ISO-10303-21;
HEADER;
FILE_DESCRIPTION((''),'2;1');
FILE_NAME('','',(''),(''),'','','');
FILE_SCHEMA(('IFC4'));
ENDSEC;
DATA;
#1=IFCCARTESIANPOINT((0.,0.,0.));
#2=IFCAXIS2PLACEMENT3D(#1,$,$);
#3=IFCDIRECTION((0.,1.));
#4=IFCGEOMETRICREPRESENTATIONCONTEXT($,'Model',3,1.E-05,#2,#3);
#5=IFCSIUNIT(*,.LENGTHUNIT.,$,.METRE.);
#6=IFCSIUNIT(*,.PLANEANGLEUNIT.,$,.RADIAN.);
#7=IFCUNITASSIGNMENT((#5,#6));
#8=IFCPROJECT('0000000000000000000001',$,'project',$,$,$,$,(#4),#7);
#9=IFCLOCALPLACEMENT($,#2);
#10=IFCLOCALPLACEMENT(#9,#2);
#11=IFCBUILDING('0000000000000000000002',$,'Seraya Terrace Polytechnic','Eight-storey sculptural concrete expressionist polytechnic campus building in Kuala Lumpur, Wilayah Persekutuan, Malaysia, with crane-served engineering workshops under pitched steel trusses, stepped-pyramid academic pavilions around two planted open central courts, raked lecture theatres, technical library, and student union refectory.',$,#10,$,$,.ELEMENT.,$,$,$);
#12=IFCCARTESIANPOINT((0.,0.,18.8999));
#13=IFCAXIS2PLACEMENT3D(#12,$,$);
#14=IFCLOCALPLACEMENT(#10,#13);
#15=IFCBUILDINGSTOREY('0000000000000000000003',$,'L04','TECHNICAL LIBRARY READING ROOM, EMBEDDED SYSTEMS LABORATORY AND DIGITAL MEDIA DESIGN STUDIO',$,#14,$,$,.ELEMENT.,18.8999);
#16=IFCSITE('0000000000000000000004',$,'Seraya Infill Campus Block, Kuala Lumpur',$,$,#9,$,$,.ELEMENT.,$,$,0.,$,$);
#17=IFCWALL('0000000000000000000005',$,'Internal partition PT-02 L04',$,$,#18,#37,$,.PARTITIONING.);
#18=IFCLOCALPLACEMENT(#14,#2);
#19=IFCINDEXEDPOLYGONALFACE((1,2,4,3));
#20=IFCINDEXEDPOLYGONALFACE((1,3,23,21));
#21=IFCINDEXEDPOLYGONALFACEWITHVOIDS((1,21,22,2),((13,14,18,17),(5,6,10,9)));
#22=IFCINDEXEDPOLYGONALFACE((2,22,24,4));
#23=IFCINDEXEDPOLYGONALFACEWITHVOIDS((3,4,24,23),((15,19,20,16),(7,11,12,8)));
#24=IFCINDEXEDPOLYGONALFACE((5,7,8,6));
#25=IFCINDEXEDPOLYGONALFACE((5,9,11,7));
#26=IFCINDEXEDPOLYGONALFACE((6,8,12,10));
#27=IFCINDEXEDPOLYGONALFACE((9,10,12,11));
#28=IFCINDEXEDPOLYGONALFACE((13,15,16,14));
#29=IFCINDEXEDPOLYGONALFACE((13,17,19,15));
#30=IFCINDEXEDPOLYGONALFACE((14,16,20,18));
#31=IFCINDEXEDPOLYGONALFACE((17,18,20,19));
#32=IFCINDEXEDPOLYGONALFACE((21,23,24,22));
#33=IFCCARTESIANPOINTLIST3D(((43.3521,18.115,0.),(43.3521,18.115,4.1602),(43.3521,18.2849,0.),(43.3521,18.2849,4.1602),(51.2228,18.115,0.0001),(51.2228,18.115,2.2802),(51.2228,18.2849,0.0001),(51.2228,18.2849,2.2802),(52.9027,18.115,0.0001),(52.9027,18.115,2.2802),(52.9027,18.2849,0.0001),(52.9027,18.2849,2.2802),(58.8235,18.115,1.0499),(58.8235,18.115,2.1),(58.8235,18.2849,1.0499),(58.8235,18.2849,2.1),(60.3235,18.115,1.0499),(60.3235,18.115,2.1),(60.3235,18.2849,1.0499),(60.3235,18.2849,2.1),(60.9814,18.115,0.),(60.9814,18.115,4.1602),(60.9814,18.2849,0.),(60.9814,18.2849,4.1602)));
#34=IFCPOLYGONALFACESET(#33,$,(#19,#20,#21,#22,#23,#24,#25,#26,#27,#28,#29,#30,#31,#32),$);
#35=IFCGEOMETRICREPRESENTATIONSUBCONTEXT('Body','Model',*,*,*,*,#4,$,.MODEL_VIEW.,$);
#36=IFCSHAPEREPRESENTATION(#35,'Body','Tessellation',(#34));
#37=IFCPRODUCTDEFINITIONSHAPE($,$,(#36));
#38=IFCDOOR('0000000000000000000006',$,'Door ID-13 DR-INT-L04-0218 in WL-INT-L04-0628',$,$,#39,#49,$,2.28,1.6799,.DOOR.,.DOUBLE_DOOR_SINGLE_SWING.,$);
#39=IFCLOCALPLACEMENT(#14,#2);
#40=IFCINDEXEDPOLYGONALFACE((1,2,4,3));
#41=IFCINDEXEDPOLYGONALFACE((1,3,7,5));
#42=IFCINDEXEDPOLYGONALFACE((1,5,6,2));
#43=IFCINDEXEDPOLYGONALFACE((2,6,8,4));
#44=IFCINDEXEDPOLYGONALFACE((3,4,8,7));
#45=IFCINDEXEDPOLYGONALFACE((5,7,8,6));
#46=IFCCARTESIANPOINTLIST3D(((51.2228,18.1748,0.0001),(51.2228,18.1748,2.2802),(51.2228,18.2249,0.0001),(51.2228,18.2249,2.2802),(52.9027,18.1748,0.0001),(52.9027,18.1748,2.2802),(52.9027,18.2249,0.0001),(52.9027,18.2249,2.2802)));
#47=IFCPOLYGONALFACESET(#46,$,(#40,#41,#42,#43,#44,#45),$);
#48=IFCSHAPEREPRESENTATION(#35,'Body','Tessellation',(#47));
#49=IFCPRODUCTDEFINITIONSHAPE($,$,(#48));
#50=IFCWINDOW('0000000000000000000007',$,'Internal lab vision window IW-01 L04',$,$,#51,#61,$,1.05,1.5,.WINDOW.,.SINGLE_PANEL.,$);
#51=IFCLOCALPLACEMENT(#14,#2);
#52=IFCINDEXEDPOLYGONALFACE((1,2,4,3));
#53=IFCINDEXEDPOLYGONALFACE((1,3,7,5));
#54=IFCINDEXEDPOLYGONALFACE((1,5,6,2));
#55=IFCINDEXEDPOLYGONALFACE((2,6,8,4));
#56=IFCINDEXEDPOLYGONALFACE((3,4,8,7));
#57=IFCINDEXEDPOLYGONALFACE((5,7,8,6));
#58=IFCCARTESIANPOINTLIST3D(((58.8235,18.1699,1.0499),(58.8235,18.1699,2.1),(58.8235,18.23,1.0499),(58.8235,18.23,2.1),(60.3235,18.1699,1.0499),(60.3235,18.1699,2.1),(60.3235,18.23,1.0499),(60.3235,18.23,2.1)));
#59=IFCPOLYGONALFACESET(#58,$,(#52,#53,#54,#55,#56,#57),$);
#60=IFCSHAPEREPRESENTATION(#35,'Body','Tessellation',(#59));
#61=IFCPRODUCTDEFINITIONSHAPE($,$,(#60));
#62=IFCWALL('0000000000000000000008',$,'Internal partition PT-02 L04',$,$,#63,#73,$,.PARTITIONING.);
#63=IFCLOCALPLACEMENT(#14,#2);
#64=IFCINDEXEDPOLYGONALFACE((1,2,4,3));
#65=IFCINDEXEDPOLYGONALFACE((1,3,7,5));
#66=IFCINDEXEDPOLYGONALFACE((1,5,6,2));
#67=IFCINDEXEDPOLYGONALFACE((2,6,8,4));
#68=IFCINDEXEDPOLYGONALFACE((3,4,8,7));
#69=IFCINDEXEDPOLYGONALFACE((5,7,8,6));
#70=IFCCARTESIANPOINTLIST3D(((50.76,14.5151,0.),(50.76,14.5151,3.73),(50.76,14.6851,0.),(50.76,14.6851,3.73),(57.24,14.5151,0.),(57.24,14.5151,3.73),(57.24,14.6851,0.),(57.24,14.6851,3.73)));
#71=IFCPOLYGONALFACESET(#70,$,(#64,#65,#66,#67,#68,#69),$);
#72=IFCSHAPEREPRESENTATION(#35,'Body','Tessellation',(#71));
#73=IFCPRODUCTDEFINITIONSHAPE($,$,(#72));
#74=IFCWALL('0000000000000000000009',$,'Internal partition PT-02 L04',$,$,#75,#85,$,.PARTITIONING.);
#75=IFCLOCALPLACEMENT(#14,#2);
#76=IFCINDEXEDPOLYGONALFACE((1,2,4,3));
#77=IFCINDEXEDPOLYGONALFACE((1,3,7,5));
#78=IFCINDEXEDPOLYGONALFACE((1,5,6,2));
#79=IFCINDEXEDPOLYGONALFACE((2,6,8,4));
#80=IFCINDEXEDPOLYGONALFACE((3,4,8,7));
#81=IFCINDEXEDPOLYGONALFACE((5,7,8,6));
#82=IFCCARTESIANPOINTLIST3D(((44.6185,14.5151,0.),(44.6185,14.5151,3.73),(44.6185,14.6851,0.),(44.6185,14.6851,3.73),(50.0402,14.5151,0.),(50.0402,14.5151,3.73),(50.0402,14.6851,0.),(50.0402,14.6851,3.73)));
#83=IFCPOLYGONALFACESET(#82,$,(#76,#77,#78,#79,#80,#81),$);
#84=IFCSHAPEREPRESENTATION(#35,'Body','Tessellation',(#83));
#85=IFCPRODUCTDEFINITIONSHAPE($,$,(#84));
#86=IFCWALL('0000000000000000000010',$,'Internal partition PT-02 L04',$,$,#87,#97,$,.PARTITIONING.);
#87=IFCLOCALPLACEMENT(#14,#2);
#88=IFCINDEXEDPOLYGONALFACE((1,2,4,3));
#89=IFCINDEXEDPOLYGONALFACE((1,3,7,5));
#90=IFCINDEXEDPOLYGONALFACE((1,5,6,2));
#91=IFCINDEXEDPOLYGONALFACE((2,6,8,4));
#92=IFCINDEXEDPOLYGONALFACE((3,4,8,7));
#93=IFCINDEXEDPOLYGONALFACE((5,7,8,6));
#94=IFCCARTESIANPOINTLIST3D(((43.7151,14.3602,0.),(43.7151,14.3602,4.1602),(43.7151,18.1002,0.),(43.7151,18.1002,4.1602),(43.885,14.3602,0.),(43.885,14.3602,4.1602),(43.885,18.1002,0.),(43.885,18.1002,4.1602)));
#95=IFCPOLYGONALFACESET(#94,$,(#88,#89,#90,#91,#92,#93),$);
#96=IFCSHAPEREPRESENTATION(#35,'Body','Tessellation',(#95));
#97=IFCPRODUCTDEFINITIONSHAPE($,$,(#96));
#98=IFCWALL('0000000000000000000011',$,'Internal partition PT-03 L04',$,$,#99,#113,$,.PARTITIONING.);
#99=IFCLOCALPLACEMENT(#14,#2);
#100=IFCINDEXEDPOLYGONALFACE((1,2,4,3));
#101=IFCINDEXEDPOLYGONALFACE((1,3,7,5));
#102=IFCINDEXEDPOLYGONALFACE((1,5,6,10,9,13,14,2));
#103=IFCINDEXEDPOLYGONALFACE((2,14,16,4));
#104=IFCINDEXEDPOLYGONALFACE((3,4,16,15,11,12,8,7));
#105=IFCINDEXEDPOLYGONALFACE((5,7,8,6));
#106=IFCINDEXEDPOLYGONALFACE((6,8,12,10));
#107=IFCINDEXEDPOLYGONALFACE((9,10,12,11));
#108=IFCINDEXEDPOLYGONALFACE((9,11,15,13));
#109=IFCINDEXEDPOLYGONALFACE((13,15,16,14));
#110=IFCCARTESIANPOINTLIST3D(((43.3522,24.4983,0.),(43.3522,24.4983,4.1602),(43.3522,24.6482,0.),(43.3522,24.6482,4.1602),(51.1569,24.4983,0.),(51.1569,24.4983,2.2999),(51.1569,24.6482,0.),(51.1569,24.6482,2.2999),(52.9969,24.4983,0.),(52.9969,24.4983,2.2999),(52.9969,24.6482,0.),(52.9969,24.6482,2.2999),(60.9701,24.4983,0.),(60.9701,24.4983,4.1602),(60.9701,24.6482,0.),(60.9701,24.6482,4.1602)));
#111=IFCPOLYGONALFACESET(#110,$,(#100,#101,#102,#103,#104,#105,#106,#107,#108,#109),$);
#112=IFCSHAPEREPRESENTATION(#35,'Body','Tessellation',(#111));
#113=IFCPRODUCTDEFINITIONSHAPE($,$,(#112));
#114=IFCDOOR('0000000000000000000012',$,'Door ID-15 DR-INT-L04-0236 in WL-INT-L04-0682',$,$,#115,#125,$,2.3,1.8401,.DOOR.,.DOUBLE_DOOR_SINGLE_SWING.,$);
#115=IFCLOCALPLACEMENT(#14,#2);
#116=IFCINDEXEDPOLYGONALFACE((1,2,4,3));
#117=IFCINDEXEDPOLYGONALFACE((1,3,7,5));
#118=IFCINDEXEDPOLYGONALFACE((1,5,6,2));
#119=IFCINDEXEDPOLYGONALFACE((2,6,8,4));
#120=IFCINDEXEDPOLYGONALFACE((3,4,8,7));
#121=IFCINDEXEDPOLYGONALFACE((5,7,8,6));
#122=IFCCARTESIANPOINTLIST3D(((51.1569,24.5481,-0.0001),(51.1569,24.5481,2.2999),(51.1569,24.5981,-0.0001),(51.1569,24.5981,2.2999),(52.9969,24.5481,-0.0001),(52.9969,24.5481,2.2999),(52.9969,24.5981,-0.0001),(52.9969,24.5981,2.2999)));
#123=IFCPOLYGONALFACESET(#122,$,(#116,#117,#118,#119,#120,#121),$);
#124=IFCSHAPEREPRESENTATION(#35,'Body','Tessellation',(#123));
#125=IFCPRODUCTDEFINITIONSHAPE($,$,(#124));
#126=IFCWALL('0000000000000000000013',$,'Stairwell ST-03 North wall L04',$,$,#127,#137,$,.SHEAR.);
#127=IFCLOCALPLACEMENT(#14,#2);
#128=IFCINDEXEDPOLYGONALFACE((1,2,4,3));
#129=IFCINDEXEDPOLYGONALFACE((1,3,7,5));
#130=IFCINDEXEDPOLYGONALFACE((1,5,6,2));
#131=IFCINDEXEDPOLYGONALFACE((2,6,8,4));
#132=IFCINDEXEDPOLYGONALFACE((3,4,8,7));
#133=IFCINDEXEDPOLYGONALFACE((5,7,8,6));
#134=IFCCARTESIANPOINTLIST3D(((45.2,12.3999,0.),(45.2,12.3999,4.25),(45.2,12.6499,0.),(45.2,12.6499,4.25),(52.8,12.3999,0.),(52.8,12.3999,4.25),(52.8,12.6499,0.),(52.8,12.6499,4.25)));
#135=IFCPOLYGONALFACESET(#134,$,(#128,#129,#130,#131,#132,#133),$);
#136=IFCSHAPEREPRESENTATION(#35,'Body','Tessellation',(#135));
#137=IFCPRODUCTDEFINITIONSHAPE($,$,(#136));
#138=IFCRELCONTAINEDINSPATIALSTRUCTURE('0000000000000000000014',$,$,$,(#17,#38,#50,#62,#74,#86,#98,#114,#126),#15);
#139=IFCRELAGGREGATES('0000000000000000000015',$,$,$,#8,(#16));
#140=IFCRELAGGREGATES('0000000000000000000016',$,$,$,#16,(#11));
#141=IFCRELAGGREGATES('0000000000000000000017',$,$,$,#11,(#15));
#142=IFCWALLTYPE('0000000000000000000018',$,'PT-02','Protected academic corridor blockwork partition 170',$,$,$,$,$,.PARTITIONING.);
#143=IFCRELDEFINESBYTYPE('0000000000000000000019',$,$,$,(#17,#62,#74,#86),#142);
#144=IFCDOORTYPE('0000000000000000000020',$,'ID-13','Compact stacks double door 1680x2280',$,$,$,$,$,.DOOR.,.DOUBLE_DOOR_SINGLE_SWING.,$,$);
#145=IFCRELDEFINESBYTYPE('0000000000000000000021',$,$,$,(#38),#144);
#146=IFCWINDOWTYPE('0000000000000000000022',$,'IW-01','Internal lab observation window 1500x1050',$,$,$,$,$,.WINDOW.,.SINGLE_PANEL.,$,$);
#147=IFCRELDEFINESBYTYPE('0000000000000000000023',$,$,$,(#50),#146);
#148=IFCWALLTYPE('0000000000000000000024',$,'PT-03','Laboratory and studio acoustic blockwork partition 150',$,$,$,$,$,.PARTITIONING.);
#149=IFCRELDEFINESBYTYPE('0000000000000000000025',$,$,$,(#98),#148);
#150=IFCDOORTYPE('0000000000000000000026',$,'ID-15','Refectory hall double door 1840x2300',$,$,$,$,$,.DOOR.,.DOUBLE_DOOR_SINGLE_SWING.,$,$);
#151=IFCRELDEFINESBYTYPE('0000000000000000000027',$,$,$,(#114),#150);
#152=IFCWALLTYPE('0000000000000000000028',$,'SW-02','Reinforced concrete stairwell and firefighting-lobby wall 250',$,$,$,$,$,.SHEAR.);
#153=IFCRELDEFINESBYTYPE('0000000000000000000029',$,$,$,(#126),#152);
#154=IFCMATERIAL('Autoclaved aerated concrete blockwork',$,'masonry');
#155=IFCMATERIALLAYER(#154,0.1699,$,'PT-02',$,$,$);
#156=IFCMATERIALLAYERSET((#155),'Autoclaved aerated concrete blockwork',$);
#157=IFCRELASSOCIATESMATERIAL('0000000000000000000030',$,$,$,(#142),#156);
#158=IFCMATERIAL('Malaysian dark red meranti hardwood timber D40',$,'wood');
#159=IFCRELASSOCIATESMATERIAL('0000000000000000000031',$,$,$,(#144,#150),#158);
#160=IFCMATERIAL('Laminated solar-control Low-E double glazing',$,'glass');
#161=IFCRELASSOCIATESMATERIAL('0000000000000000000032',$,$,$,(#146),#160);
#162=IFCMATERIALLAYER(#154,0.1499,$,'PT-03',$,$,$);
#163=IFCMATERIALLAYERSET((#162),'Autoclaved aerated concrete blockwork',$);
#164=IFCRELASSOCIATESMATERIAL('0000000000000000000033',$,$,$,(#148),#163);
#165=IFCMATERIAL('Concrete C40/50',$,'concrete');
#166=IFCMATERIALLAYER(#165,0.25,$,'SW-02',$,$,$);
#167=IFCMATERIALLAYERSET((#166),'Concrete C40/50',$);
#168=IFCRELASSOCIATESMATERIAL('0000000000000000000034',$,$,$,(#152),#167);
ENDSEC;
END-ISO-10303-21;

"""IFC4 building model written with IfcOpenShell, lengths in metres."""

from ifc_helpers import new_model, si_unit, direction, frame, frame_2d, origin, place, context, subcontext, project, spatial, rectangle, extrude, material, layer, layer_set, type_object, element, fill, save


model = new_model("IFC4")

# Units and contexts
model_context = context("Model", 3, precision=1e-05, world=origin(), true_north=direction((0.0, 1.0)))
body_context = subcontext(model_context, "Body", "Model", "MODEL_VIEW")
ifc_project = project(units=[si_unit("LENGTHUNIT", "METRE"), si_unit("PLANEANGLEUNIT", "RADIAN")], contexts=[model_context])

# Site, building, storey
site_placement = place(None, origin())
site = spatial("IfcSite", under=ifc_project, at=site_placement, Name="Seraya Infill Campus Block, Kuala Lumpur", CompositionType="ELEMENT", RefElevation=0.0)
building_placement = place(site_placement, origin())
building = spatial("IfcBuilding", under=site, at=building_placement, Name="Seraya Terrace Polytechnic", Description="Eight-storey sculptural concrete expressionist polytechnic campus building in Kuala Lumpur, Wilayah Persekutuan, Malaysia, with crane-served engineering workshops under pitched steel trusses, stepped-pyramid academic pavilions around two planted open central courts, raked lecture theatres, technical library, and student union refectory.", CompositionType="ELEMENT")
storey_placement = place(building_placement, frame((0.0, 0.0, 18.8999)))
storey = spatial("IfcBuildingStorey", under=building, at=storey_placement, Name="L04", Description="TECHNICAL LIBRARY READING ROOM, EMBEDDED SYSTEMS LABORATORY AND DIGITAL MEDIA DESIGN STUDIO", CompositionType="ELEMENT", Elevation=18.8999)

# Shared definitions
ifc_material_1 = material(Name="Concrete C40/50", Category="concrete")

# Shared definitions
ifc_material_2 = material(Name="Laminated solar-control Low-E double glazing", Category="glass")

# Wall, openings, door, window
ifc_material_3 = material(Name="Autoclaved aerated concrete blockwork", Category="masonry")
ifc_layer_1 = layer(ifc_material_3, 0.1699, Name="PT-02")
ifc_layer_set_1 = layer_set([ifc_layer_1], Name="Autoclaved aerated concrete blockwork")
wall_type_1 = type_object("IfcWallType", Name="PT-02", Description="Protected academic corridor blockwork partition 170", PredefinedType="PARTITIONING", material=ifc_layer_set_1)
wall_1_placement = place(storey_placement, frame((43.3521, 18.2, 0.0), z_axis=(0.0, 0.0, 1.0), x_axis=(1.0, 0.0, 0.0)))
wall_1 = element("IfcWall", 1, at=wall_1_placement, inside=storey, type_object=wall_type_1, Name="Internal partition PT-02 L04", PredefinedType="PARTITIONING", context=body_context, shape_type="SweptSolid", body=[
    extrude(rectangle(XDim=17.6294, YDim=0.1699, at=frame_2d((8.8147, 0.0))), origin(), (0.0, 0.0, 1.0), 4.1602),
])
opening_1_placement = place(wall_1_placement, frame((7.8708, 0.0, 0.0)))
opening_1 = element("IfcOpeningElement", 2, at=opening_1_placement, cuts=wall_1, PredefinedType="OPENING", context=body_context, shape_type="SweptSolid", body=[
    extrude(rectangle(XDim=1.6799, YDim=2.28, at=frame_2d((0.8398, 1.1401))), frame((0.0, 0.0969, 0.0), z_axis=(0.0, -1.0, 0.0), x_axis=(1.0, 0.0, 0.0)), (0.0, 0.0, 1.0), 0.1938),
])
opening_2_placement = place(wall_1_placement, frame((15.4714, 0.0, 1.05)))
opening_2 = element("IfcOpeningElement", 3, at=opening_2_placement, cuts=wall_1, PredefinedType="OPENING", context=body_context, shape_type="SweptSolid", body=[
    extrude(rectangle(XDim=1.5, YDim=1.05, at=frame_2d((0.75, 0.5249))), frame((0.0, 0.0969, 0.0), z_axis=(0.0, -1.0, 0.0), x_axis=(1.0, 0.0, 0.0)), (0.0, 0.0, 1.0), 0.1938),
])
ifc_material_4 = material(Name="Malaysian dark red meranti hardwood timber D40", Category="wood")
door_type_1 = type_object("IfcDoorType", Name="ID-13", Description="Compact stacks double door 1680x2280", OperationType="DOUBLE_DOOR_SINGLE_SWING", PredefinedType="DOOR", material=ifc_material_4)
door_1_placement = place(opening_1_placement, origin())
door_1 = element("IfcDoor", 4, at=door_1_placement, inside=storey, type_object=door_type_1, Name="Door ID-13 DR-INT-L04-0218 in WL-INT-L04-0628", OperationType="DOUBLE_DOOR_SINGLE_SWING", OverallHeight=2.28, OverallWidth=1.6799, PredefinedType="DOOR", context=body_context, shape_type="SweptSolid", body=[
    extrude(rectangle(XDim=1.6799, YDim=2.28, at=frame_2d((0.8398, 1.1401))), frame((0.0, 0.0249, 0.0), z_axis=(0.0, -1.0, 0.0), x_axis=(1.0, 0.0, 0.0)), (0.0, 0.0, 1.0), 0.05),
])
fill(opening_1, door_1)
window_type_1 = type_object("IfcWindowType", Name="IW-01", Description="Internal lab observation window 1500x1050", PartitioningType="SINGLE_PANEL", PredefinedType="WINDOW", material=ifc_material_2)
window_1_placement = place(opening_2_placement, origin())
window_1 = element("IfcWindow", 5, at=window_1_placement, inside=storey, type_object=window_type_1, Name="Internal lab vision window IW-01 L04", OverallHeight=1.05, OverallWidth=1.5, PartitioningType="SINGLE_PANEL", PredefinedType="WINDOW", context=body_context, shape_type="SweptSolid", body=[
    extrude(rectangle(XDim=1.5, YDim=1.05, at=frame_2d((0.75, 0.5249))), frame((0.0, 0.03, 0.0), z_axis=(0.0, -1.0, 0.0), x_axis=(1.0, 0.0, 0.0)), (0.0, 0.0, 1.0), 0.0601),
])
fill(opening_2, window_1)

# Walls
wall_2_placement = place(storey_placement, frame((50.76, 14.6001, 0.0), z_axis=(0.0, 0.0, 1.0), x_axis=(1.0, 0.0, 0.0)))
element("IfcWall", 6, at=wall_2_placement, inside=storey, type_object=wall_type_1, Name="Internal partition PT-02 L04", PredefinedType="PARTITIONING", context=body_context, shape_type="SweptSolid", body=[
    extrude(rectangle(XDim=6.48, YDim=0.1699, at=frame_2d((3.24, 0.0))), origin(), (0.0, 0.0, 1.0), 3.73),
])
wall_3_placement = place(storey_placement, frame((44.6184, 14.6001, 0.0), z_axis=(0.0, 0.0, 1.0), x_axis=(1.0, 0.0, 0.0)))
element("IfcWall", 7, at=wall_3_placement, inside=storey, type_object=wall_type_1, Name="Internal partition PT-02 L04", PredefinedType="PARTITIONING", context=body_context, shape_type="SweptSolid", body=[
    extrude(rectangle(XDim=5.4216, YDim=0.1699, at=frame_2d((2.7109, 0.0))), origin(), (0.0, 0.0, 1.0), 3.73),
])
wall_4_placement = place(storey_placement, frame((43.8, 14.3601, 0.0), z_axis=(0.0, 0.0, 1.0), x_axis=(0.0, 1.0, 0.0)))
element("IfcWall", 8, at=wall_4_placement, inside=storey, type_object=wall_type_1, Name="Internal partition PT-02 L04", PredefinedType="PARTITIONING", context=body_context, shape_type="SweptSolid", body=[
    extrude(rectangle(XDim=3.74, YDim=0.1699, at=frame_2d((1.8701, 0.0))), origin(), (0.0, 0.0, 1.0), 4.1602),
])

# Wall, opening, door
ifc_layer_2 = layer(ifc_material_3, 0.1499, Name="PT-03")
ifc_layer_set_2 = layer_set([ifc_layer_2], Name="Autoclaved aerated concrete blockwork")
wall_type_2 = type_object("IfcWallType", Name="PT-03", Description="Laboratory and studio acoustic blockwork partition 150", PredefinedType="PARTITIONING", material=ifc_layer_set_2)
wall_5_placement = place(storey_placement, frame((43.3521, 24.5732, 0.0), z_axis=(0.0, 0.0, 1.0), x_axis=(1.0, 0.0, 0.0)))
wall_5 = element("IfcWall", 9, at=wall_5_placement, inside=storey, type_object=wall_type_2, Name="Internal partition PT-03 L04", PredefinedType="PARTITIONING", context=body_context, shape_type="SweptSolid", body=[
    extrude(rectangle(XDim=17.6179, YDim=0.1499, at=frame_2d((8.8091, 0.0))), origin(), (0.0, 0.0, 1.0), 4.1602),
])
opening_3_placement = place(wall_5_placement, frame((7.8049, 0.0, 0.0)))
opening_3 = element("IfcOpeningElement", 10, at=opening_3_placement, cuts=wall_5, PredefinedType="OPENING", context=body_context, shape_type="SweptSolid", body=[
    extrude(rectangle(XDim=1.8401, YDim=2.3, at=frame_2d((0.9199, 1.1499))), frame((0.0, 0.0869, 0.0), z_axis=(0.0, -1.0, 0.0), x_axis=(1.0, 0.0, 0.0)), (0.0, 0.0, 1.0), 0.1738),
])
door_type_2 = type_object("IfcDoorType", Name="ID-15", Description="Refectory hall double door 1840x2300", OperationType="DOUBLE_DOOR_SINGLE_SWING", PredefinedType="DOOR", material=ifc_material_4)
door_2_placement = place(opening_3_placement, origin())
door_2 = element("IfcDoor", 11, at=door_2_placement, inside=storey, type_object=door_type_2, Name="Door ID-15 DR-INT-L04-0236 in WL-INT-L04-0682", OperationType="DOUBLE_DOOR_SINGLE_SWING", OverallHeight=2.3, OverallWidth=1.8401, PredefinedType="DOOR", context=body_context, shape_type="SweptSolid", body=[
    extrude(rectangle(XDim=1.8401, YDim=2.3, at=frame_2d((0.9199, 1.1499))), frame((0.0, 0.0249, 0.0), z_axis=(0.0, -1.0, 0.0), x_axis=(1.0, 0.0, 0.0)), (0.0, 0.0, 1.0), 0.05),
])
fill(opening_3, door_2)

# Wall
ifc_layer_3 = layer(ifc_material_1, 0.25, Name="SW-02")
ifc_layer_set_3 = layer_set([ifc_layer_3], Name="Concrete C40/50")
wall_type_3 = type_object("IfcWallType", Name="SW-02", Description="Reinforced concrete stairwell and firefighting-lobby wall 250", PredefinedType="SHEAR", material=ifc_layer_set_3)
wall_6_placement = place(storey_placement, frame((45.2, 12.5249, 0.0), z_axis=(0.0, 0.0, 1.0), x_axis=(1.0, 0.0, 0.0)))
element("IfcWall", 12, at=wall_6_placement, inside=storey, type_object=wall_type_3, Name="Stairwell ST-03 North wall L04", PredefinedType="SHEAR", context=body_context, shape_type="SweptSolid", body=[
    extrude(rectangle(XDim=7.6001, YDim=0.25, at=frame_2d((3.8, 0.0))), origin(), (0.0, 0.0, 1.0), 4.25),
])

save(model, "model.ifc")
